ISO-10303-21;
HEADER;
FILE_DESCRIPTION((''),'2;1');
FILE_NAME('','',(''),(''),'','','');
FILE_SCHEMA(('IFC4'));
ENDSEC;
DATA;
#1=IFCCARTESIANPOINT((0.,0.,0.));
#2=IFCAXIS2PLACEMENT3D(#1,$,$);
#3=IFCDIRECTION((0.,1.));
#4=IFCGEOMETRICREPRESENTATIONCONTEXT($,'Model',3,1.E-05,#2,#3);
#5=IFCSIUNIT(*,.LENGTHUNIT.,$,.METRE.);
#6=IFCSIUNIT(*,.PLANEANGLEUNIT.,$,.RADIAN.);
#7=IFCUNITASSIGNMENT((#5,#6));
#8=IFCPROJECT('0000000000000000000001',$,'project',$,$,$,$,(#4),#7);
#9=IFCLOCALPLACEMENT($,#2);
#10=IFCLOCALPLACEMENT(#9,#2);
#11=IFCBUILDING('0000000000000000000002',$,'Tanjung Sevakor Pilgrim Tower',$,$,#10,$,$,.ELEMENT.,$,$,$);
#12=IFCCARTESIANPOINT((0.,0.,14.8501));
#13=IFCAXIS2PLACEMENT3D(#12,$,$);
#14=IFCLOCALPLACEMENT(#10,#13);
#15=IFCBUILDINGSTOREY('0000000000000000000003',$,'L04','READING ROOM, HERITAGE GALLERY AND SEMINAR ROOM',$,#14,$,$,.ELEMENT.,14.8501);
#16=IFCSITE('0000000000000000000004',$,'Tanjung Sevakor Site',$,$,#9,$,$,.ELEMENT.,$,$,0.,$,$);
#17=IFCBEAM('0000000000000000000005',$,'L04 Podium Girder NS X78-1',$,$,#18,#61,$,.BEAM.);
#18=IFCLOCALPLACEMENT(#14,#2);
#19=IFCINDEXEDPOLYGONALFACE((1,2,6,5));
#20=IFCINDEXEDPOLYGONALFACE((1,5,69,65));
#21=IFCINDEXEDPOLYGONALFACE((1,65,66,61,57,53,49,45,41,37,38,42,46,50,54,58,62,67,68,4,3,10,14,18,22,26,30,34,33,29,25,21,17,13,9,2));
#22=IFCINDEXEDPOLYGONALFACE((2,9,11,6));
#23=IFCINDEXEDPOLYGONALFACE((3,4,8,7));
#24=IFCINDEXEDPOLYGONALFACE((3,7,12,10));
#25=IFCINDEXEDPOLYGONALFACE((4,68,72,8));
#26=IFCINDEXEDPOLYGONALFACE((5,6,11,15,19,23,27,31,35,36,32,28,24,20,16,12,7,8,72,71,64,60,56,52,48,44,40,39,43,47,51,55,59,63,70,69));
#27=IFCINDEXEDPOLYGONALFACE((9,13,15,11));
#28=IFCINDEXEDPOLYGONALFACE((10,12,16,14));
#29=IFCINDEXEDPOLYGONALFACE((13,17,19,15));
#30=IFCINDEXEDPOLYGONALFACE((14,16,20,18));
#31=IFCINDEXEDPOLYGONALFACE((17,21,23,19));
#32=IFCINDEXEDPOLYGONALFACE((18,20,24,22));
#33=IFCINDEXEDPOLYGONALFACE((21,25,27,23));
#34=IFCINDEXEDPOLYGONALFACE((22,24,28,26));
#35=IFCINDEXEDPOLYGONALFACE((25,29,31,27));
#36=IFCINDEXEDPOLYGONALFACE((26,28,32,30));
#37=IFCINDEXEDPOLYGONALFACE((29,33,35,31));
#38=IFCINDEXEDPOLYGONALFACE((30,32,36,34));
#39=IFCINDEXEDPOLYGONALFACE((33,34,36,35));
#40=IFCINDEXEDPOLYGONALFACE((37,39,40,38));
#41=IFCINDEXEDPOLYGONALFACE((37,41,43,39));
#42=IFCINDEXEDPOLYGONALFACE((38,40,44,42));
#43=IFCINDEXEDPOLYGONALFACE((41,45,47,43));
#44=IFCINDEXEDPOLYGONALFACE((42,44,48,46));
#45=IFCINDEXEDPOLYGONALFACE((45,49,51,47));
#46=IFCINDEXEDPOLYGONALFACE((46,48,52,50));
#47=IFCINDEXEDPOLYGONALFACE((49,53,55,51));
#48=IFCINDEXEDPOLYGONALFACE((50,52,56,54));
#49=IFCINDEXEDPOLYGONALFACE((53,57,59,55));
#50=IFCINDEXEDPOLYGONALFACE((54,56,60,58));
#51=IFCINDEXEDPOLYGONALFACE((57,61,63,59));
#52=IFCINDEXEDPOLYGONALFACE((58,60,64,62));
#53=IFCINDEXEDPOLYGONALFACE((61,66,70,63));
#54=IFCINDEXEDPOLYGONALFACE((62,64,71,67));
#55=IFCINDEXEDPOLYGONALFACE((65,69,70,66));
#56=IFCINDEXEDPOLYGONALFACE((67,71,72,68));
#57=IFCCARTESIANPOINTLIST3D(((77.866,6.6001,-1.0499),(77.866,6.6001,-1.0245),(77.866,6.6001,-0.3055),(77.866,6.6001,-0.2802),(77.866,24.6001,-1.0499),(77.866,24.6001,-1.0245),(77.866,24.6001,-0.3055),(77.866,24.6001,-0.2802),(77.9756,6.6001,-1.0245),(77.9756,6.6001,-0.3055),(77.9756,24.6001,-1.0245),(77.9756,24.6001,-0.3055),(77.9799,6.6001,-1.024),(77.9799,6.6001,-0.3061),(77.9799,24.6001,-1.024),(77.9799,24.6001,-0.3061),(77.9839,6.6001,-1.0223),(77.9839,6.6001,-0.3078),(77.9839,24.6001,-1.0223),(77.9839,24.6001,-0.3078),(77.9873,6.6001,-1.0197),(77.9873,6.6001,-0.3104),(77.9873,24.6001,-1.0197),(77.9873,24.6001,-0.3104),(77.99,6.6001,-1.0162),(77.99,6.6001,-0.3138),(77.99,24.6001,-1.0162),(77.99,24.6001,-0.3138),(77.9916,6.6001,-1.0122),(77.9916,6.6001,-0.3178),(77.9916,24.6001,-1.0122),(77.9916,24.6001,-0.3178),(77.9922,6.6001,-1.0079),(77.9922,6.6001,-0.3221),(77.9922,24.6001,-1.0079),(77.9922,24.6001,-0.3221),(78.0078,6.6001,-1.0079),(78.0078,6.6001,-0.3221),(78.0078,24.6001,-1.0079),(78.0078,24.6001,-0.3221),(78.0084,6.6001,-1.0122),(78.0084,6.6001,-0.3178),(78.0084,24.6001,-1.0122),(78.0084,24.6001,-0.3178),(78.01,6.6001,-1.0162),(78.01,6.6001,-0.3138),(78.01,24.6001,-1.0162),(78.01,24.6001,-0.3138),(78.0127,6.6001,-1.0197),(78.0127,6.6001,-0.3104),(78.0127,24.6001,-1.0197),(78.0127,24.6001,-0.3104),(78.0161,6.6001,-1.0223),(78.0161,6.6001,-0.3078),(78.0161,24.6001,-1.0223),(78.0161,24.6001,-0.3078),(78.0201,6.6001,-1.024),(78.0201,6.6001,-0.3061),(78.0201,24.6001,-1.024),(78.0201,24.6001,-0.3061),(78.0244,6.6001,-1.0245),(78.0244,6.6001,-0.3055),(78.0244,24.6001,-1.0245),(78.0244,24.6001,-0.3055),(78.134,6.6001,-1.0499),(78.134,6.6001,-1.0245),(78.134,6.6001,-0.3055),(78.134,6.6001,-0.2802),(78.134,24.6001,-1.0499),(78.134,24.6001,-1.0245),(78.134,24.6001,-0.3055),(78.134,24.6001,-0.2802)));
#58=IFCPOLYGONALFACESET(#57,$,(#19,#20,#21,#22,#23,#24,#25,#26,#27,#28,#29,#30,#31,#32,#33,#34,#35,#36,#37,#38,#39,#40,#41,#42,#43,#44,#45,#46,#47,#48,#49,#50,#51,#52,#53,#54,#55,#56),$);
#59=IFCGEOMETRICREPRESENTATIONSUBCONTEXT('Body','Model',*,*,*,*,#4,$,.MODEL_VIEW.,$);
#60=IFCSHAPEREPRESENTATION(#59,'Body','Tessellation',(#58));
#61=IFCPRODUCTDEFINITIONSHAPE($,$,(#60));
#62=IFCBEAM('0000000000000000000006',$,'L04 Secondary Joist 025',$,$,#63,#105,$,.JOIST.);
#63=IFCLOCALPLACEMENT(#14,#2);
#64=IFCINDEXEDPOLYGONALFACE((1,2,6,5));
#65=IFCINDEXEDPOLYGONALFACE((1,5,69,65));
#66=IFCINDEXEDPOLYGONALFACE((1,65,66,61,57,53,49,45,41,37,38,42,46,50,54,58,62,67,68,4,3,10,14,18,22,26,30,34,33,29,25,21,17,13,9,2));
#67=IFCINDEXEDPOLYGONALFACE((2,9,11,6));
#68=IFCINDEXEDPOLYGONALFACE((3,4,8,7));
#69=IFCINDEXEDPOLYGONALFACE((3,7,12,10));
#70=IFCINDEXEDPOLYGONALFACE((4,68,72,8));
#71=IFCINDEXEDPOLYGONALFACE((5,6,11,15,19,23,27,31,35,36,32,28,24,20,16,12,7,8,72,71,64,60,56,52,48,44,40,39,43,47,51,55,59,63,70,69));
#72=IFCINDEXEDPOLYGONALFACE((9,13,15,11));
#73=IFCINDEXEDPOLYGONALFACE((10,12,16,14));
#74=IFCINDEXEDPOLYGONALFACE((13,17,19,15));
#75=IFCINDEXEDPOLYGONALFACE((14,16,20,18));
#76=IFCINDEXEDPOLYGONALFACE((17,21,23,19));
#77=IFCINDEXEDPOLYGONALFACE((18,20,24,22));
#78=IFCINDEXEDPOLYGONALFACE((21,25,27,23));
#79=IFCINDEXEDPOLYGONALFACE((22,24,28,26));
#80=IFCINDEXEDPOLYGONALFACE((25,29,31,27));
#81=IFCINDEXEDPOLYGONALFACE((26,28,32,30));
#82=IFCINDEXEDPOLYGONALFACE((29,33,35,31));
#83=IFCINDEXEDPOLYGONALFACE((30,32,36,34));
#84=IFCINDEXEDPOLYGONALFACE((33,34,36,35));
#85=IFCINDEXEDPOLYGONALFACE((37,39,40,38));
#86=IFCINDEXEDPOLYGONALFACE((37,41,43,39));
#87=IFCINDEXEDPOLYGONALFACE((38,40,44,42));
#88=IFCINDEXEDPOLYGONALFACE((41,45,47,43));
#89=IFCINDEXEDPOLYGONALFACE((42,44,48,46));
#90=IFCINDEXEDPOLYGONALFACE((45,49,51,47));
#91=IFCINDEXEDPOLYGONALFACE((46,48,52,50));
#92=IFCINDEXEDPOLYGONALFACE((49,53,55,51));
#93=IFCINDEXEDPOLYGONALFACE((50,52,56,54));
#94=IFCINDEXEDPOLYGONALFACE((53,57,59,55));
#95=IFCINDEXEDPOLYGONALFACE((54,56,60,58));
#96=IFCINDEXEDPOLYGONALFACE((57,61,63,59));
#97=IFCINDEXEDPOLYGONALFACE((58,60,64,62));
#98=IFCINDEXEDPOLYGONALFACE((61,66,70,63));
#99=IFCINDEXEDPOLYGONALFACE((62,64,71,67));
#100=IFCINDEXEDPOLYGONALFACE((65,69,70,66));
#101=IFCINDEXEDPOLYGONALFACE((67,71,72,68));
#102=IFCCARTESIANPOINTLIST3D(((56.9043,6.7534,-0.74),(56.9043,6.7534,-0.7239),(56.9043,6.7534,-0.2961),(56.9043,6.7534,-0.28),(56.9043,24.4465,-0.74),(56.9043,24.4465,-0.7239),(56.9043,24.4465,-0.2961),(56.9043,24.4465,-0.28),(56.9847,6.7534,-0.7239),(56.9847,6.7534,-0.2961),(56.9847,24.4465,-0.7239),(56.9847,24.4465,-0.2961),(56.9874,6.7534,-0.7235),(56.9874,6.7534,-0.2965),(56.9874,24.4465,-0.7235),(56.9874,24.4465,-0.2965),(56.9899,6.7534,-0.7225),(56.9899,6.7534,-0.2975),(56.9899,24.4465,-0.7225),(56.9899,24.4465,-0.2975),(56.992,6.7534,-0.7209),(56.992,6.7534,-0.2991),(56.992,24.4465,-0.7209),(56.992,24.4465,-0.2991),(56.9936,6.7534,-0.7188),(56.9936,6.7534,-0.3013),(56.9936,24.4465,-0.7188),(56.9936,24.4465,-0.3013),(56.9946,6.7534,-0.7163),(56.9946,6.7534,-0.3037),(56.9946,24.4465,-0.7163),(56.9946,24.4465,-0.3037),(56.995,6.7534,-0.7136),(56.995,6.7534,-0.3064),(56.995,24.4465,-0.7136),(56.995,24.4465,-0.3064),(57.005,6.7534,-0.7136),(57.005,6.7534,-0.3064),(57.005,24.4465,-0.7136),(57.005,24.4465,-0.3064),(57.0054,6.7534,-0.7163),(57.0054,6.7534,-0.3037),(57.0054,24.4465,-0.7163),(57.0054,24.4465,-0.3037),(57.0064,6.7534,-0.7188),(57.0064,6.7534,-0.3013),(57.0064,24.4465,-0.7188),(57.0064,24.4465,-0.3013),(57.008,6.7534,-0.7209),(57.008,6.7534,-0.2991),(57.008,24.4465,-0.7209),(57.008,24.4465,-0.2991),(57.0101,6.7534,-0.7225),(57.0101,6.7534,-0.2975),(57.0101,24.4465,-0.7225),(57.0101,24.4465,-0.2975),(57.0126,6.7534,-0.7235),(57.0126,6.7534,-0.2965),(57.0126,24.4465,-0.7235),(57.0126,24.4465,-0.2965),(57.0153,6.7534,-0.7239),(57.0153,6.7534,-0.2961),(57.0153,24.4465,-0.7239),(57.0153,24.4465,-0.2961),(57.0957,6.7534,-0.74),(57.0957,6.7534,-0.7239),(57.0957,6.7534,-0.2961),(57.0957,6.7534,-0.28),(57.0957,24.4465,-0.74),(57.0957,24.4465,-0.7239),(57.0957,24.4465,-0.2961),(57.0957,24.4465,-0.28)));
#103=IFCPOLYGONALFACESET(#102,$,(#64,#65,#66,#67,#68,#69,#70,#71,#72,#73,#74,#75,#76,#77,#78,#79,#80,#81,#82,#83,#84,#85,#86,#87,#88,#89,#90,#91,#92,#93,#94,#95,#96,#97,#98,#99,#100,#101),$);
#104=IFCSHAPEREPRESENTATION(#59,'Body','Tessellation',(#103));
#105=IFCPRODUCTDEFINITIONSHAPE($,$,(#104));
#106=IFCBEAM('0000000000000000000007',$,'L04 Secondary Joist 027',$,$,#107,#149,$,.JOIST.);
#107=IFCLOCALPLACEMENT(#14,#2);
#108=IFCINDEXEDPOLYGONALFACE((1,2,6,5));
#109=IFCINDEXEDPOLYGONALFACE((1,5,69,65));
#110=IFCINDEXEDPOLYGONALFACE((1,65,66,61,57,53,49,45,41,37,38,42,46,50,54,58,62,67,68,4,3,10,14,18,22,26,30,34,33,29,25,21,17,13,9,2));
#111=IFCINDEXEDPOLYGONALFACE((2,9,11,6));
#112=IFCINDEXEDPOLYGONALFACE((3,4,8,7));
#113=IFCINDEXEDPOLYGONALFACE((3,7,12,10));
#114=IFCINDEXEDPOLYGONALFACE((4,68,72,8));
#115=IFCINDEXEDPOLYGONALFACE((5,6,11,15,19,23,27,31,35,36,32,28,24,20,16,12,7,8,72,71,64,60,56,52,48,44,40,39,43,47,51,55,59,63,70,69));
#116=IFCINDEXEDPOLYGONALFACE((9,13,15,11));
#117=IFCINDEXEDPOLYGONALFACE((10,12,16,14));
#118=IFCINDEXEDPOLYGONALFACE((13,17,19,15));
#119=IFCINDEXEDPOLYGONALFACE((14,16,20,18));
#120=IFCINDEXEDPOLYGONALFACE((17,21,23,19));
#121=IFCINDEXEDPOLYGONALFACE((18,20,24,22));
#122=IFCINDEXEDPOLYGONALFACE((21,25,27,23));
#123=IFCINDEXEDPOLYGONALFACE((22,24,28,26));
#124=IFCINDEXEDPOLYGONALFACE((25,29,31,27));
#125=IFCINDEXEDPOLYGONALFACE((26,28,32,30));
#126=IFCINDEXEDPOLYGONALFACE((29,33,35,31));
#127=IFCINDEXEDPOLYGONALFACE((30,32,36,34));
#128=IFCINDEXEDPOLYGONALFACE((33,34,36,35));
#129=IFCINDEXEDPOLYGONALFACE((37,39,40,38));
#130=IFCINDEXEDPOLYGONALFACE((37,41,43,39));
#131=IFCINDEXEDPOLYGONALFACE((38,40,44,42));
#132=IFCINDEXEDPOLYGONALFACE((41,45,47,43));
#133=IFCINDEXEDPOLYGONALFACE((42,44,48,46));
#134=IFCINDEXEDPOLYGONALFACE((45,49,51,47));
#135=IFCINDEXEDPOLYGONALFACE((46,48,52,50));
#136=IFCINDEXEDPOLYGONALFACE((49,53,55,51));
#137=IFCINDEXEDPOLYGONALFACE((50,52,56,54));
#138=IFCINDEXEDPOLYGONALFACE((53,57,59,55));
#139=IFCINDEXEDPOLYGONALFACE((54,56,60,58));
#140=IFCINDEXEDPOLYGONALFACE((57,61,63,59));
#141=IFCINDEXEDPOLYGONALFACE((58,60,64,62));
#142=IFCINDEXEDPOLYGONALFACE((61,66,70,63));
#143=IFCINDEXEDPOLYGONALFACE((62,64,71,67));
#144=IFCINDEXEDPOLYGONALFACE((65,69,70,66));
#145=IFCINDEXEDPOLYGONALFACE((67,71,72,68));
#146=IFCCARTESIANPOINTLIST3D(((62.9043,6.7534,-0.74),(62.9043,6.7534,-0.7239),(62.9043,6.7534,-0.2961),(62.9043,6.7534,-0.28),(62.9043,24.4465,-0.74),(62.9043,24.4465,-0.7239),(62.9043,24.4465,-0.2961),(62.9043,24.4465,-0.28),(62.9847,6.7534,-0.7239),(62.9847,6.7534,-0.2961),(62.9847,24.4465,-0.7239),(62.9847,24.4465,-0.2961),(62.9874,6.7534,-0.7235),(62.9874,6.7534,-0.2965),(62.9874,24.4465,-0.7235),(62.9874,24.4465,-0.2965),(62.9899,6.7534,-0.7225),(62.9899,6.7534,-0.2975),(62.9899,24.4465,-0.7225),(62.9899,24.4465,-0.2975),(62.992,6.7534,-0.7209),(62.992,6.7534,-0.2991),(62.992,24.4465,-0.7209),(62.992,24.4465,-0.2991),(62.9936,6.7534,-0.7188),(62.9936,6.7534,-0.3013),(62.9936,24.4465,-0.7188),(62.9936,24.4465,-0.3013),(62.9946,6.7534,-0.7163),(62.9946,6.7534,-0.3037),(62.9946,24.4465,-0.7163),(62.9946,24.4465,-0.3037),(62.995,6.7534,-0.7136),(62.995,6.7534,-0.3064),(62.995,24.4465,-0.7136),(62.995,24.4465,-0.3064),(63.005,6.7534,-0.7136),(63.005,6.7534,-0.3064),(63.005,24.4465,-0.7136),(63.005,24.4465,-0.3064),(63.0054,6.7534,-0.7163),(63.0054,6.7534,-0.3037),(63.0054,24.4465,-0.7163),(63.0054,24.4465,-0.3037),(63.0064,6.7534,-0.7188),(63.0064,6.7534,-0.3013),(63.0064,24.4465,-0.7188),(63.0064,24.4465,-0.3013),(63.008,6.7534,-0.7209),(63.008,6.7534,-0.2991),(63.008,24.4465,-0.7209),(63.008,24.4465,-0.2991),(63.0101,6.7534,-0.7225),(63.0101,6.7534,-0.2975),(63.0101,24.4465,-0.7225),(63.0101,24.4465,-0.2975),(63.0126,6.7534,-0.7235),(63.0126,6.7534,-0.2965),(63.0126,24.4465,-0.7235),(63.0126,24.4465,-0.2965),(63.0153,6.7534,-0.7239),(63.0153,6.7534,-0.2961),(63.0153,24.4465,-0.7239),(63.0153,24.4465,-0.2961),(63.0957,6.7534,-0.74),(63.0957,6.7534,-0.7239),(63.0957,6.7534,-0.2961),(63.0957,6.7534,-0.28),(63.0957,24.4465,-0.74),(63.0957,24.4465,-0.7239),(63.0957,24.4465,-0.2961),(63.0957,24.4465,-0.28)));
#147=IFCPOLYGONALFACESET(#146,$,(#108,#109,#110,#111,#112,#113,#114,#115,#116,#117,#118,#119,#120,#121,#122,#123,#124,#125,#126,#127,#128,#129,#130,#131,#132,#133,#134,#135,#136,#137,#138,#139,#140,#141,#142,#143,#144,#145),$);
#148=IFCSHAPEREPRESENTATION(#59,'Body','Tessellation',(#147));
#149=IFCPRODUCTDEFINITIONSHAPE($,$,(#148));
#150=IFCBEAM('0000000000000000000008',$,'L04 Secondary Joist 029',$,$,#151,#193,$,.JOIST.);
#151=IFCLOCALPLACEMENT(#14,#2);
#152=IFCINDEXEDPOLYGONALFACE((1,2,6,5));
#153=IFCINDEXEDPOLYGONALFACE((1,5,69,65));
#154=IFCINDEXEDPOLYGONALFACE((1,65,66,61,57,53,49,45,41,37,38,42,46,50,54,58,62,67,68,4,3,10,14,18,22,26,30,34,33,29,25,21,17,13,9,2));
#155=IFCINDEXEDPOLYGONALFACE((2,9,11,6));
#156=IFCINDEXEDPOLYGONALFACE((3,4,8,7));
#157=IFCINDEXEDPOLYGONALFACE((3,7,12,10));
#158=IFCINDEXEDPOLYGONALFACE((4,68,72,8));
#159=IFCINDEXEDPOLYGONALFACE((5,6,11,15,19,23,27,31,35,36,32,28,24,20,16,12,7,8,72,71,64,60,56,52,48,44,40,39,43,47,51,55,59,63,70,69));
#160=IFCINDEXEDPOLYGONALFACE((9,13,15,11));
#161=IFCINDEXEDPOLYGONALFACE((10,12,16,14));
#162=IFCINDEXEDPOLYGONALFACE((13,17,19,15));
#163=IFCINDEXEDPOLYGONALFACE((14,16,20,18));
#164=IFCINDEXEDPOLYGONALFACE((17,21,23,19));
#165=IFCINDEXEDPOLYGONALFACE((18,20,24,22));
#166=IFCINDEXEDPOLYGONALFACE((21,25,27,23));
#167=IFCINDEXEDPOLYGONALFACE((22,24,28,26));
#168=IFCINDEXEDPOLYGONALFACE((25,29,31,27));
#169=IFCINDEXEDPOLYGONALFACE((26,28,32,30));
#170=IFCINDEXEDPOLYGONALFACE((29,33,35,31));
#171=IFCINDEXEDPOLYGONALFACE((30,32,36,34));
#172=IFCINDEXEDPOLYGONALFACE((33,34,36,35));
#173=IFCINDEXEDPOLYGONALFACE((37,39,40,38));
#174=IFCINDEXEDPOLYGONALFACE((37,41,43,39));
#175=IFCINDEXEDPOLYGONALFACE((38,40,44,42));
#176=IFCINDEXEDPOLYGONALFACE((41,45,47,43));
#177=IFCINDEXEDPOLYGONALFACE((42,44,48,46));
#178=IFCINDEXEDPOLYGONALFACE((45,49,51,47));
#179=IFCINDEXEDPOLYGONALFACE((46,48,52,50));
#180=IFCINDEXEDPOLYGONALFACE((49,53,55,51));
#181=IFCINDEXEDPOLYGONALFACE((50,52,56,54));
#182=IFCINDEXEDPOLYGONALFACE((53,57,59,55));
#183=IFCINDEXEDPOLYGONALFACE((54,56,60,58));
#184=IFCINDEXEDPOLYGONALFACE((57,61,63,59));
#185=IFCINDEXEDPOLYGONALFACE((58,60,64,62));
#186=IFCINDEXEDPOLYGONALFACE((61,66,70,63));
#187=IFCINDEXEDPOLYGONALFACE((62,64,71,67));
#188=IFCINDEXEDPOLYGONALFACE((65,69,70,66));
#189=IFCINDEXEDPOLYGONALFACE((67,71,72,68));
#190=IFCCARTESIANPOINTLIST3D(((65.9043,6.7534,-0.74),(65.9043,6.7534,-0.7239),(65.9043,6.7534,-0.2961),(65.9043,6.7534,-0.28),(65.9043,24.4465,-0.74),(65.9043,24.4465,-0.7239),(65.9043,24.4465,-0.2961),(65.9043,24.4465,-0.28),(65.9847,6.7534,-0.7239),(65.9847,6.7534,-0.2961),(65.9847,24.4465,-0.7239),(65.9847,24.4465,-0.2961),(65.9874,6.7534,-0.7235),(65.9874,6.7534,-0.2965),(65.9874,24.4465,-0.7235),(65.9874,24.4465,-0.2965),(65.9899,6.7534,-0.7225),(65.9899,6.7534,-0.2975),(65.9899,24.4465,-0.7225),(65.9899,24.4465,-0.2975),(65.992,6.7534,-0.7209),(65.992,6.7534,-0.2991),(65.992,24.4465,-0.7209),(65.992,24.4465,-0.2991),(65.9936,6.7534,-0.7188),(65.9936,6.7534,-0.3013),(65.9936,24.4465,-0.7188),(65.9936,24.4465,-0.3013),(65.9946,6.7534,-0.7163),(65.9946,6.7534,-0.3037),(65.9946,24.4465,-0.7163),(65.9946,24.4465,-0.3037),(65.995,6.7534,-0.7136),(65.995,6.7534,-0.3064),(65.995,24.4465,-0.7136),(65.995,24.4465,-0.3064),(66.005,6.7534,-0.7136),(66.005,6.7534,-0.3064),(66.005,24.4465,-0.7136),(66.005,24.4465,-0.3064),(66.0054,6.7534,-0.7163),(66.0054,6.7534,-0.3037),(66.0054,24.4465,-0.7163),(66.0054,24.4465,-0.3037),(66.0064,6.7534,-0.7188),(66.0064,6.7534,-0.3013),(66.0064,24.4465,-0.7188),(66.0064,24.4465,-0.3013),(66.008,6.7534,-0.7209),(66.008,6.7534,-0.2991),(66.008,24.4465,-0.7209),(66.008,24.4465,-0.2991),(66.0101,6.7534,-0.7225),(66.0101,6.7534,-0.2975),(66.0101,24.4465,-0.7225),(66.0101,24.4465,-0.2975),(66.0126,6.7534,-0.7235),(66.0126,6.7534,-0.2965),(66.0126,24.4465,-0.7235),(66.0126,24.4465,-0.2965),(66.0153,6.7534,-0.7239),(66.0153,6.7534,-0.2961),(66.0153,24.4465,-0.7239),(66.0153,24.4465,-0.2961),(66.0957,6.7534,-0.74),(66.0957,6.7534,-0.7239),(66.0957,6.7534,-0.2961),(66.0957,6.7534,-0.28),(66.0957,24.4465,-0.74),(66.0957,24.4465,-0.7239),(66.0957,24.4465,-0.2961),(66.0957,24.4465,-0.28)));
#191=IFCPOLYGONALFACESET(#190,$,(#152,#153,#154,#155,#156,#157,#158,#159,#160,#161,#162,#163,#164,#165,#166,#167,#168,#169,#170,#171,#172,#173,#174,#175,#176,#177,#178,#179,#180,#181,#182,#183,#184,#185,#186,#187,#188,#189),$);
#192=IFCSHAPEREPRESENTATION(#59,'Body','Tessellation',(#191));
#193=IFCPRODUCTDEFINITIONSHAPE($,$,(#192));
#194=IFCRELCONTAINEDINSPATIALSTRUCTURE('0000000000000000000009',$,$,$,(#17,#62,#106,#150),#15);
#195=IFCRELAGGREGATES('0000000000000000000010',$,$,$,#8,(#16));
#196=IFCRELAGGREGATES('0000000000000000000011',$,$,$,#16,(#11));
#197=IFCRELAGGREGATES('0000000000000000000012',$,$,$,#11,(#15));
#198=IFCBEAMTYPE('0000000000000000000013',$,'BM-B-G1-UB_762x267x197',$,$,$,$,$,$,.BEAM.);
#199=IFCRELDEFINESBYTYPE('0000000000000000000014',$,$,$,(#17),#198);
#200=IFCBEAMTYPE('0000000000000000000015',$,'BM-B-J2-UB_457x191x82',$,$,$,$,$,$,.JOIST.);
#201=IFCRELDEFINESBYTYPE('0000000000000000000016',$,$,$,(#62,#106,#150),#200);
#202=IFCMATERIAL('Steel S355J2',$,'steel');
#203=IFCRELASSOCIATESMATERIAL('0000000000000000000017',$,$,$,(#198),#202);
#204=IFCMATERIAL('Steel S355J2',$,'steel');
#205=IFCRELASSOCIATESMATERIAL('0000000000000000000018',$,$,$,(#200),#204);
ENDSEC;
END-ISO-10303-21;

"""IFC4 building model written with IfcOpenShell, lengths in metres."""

from ifc_helpers import new_model, si_unit, direction, frame, origin, origin_2d, place, context, subcontext, project, spatial, i_section, extrude, material, material_profile, profile_set, type_object, element, save


model = new_model("IFC4")

# Units and contexts
model_context = context("Model", 3, precision=1e-05, world=origin(), true_north=direction((0.0, 1.0)))
body_context = subcontext(model_context, "Body", "Model", "MODEL_VIEW")
ifc_project = project(units=[si_unit("LENGTHUNIT", "METRE"), si_unit("PLANEANGLEUNIT", "RADIAN")], contexts=[model_context])

# Site, building, storey
site_placement = place(None, origin())
site = spatial("IfcSite", under=ifc_project, at=site_placement, Name="Tanjung Sevakor Site", CompositionType="ELEMENT", RefElevation=0.0)
building_placement = place(site_placement, origin())
building = spatial("IfcBuilding", under=site, at=building_placement, Name="Tanjung Sevakor Pilgrim Tower", CompositionType="ELEMENT")
storey_placement = place(building_placement, frame((0.0, 0.0, 14.8501)))
storey = spatial("IfcBuildingStorey", under=building, at=storey_placement, Name="L04", Description="READING ROOM, HERITAGE GALLERY AND SEMINAR ROOM", CompositionType="ELEMENT", Elevation=14.8501)

# Beams
ifc_material_1 = material(Name="Steel S355J2", Category="steel")
ifc_material_profile_1 = material_profile(ifc_material_1, i_section(OverallWidth=0.2681, OverallDepth=0.7698, WebThickness=0.0156, FlangeThickness=0.0254, FilletRadius=0.0166, at=origin_2d()))
ifc_profile_set_1 = profile_set([ifc_material_profile_1], Name="Steel S355J2")
beam_type_1 = type_object("IfcBeamType", Name="BM-B-G1-UB_762x267x197", PredefinedType="BEAM", material=ifc_profile_set_1)
for number, where, z_axis, x_axis, name in (
    (1, (78.0, 6.6001, -0.665), (0.0, 1.0, 0.0), (-1.0, 0.0, 0.0), "L04 Podium Girder NS X78-1"),
):
    element("IfcBeam", number, at=place(storey_placement, frame(where, z_axis=z_axis, x_axis=x_axis)), inside=storey, type_object=beam_type_1, Name=name, PredefinedType="BEAM", context=body_context, shape_type="SweptSolid", body=[
        extrude(i_section(OverallWidth=0.2681, OverallDepth=0.7698, WebThickness=0.0156, FlangeThickness=0.0254, FilletRadius=0.0166, at=origin_2d()), origin(), (0.0, 0.0, 1.0), 18.0),
    ])
ifc_material_2 = material(Name="Steel S355J2", Category="steel")
ifc_material_profile_2 = material_profile(ifc_material_2, i_section(OverallWidth=0.1914, OverallDepth=0.46, WebThickness=0.01, FlangeThickness=0.0161, FilletRadius=0.0103, at=origin_2d()))
ifc_profile_set_2 = profile_set([ifc_material_profile_2], Name="Steel S355J2")
beam_type_2 = type_object("IfcBeamType", Name="BM-B-J2-UB_457x191x82", PredefinedType="JOIST", material=ifc_profile_set_2)
for number, where, z_axis, x_axis, name in (
    (2, (57.0, 6.7534, -0.51), (0.0, 1.0, 0.0), (-1.0, 0.0, 0.0), "L04 Secondary Joist 025"),
    (3, (63.0, 6.7534, -0.51), (0.0, 1.0, 0.0), (-1.0, 0.0, 0.0), "L04 Secondary Joist 027"),
    (4, (66.0, 6.7534, -0.51), (0.0, 1.0, 0.0), (-1.0, 0.0, 0.0), "L04 Secondary Joist 029"),
):
    element("IfcBeam", number, at=place(storey_placement, frame(where, z_axis=z_axis, x_axis=x_axis)), inside=storey, type_object=beam_type_2, Name=name, PredefinedType="JOIST", context=body_context, shape_type="SweptSolid", body=[
        extrude(i_section(OverallWidth=0.1914, OverallDepth=0.46, WebThickness=0.01, FlangeThickness=0.0161, FilletRadius=0.0103, at=origin_2d()), origin(), (0.0, 0.0, 1.0), 17.6931),
    ])

save(model, "model.ifc")
